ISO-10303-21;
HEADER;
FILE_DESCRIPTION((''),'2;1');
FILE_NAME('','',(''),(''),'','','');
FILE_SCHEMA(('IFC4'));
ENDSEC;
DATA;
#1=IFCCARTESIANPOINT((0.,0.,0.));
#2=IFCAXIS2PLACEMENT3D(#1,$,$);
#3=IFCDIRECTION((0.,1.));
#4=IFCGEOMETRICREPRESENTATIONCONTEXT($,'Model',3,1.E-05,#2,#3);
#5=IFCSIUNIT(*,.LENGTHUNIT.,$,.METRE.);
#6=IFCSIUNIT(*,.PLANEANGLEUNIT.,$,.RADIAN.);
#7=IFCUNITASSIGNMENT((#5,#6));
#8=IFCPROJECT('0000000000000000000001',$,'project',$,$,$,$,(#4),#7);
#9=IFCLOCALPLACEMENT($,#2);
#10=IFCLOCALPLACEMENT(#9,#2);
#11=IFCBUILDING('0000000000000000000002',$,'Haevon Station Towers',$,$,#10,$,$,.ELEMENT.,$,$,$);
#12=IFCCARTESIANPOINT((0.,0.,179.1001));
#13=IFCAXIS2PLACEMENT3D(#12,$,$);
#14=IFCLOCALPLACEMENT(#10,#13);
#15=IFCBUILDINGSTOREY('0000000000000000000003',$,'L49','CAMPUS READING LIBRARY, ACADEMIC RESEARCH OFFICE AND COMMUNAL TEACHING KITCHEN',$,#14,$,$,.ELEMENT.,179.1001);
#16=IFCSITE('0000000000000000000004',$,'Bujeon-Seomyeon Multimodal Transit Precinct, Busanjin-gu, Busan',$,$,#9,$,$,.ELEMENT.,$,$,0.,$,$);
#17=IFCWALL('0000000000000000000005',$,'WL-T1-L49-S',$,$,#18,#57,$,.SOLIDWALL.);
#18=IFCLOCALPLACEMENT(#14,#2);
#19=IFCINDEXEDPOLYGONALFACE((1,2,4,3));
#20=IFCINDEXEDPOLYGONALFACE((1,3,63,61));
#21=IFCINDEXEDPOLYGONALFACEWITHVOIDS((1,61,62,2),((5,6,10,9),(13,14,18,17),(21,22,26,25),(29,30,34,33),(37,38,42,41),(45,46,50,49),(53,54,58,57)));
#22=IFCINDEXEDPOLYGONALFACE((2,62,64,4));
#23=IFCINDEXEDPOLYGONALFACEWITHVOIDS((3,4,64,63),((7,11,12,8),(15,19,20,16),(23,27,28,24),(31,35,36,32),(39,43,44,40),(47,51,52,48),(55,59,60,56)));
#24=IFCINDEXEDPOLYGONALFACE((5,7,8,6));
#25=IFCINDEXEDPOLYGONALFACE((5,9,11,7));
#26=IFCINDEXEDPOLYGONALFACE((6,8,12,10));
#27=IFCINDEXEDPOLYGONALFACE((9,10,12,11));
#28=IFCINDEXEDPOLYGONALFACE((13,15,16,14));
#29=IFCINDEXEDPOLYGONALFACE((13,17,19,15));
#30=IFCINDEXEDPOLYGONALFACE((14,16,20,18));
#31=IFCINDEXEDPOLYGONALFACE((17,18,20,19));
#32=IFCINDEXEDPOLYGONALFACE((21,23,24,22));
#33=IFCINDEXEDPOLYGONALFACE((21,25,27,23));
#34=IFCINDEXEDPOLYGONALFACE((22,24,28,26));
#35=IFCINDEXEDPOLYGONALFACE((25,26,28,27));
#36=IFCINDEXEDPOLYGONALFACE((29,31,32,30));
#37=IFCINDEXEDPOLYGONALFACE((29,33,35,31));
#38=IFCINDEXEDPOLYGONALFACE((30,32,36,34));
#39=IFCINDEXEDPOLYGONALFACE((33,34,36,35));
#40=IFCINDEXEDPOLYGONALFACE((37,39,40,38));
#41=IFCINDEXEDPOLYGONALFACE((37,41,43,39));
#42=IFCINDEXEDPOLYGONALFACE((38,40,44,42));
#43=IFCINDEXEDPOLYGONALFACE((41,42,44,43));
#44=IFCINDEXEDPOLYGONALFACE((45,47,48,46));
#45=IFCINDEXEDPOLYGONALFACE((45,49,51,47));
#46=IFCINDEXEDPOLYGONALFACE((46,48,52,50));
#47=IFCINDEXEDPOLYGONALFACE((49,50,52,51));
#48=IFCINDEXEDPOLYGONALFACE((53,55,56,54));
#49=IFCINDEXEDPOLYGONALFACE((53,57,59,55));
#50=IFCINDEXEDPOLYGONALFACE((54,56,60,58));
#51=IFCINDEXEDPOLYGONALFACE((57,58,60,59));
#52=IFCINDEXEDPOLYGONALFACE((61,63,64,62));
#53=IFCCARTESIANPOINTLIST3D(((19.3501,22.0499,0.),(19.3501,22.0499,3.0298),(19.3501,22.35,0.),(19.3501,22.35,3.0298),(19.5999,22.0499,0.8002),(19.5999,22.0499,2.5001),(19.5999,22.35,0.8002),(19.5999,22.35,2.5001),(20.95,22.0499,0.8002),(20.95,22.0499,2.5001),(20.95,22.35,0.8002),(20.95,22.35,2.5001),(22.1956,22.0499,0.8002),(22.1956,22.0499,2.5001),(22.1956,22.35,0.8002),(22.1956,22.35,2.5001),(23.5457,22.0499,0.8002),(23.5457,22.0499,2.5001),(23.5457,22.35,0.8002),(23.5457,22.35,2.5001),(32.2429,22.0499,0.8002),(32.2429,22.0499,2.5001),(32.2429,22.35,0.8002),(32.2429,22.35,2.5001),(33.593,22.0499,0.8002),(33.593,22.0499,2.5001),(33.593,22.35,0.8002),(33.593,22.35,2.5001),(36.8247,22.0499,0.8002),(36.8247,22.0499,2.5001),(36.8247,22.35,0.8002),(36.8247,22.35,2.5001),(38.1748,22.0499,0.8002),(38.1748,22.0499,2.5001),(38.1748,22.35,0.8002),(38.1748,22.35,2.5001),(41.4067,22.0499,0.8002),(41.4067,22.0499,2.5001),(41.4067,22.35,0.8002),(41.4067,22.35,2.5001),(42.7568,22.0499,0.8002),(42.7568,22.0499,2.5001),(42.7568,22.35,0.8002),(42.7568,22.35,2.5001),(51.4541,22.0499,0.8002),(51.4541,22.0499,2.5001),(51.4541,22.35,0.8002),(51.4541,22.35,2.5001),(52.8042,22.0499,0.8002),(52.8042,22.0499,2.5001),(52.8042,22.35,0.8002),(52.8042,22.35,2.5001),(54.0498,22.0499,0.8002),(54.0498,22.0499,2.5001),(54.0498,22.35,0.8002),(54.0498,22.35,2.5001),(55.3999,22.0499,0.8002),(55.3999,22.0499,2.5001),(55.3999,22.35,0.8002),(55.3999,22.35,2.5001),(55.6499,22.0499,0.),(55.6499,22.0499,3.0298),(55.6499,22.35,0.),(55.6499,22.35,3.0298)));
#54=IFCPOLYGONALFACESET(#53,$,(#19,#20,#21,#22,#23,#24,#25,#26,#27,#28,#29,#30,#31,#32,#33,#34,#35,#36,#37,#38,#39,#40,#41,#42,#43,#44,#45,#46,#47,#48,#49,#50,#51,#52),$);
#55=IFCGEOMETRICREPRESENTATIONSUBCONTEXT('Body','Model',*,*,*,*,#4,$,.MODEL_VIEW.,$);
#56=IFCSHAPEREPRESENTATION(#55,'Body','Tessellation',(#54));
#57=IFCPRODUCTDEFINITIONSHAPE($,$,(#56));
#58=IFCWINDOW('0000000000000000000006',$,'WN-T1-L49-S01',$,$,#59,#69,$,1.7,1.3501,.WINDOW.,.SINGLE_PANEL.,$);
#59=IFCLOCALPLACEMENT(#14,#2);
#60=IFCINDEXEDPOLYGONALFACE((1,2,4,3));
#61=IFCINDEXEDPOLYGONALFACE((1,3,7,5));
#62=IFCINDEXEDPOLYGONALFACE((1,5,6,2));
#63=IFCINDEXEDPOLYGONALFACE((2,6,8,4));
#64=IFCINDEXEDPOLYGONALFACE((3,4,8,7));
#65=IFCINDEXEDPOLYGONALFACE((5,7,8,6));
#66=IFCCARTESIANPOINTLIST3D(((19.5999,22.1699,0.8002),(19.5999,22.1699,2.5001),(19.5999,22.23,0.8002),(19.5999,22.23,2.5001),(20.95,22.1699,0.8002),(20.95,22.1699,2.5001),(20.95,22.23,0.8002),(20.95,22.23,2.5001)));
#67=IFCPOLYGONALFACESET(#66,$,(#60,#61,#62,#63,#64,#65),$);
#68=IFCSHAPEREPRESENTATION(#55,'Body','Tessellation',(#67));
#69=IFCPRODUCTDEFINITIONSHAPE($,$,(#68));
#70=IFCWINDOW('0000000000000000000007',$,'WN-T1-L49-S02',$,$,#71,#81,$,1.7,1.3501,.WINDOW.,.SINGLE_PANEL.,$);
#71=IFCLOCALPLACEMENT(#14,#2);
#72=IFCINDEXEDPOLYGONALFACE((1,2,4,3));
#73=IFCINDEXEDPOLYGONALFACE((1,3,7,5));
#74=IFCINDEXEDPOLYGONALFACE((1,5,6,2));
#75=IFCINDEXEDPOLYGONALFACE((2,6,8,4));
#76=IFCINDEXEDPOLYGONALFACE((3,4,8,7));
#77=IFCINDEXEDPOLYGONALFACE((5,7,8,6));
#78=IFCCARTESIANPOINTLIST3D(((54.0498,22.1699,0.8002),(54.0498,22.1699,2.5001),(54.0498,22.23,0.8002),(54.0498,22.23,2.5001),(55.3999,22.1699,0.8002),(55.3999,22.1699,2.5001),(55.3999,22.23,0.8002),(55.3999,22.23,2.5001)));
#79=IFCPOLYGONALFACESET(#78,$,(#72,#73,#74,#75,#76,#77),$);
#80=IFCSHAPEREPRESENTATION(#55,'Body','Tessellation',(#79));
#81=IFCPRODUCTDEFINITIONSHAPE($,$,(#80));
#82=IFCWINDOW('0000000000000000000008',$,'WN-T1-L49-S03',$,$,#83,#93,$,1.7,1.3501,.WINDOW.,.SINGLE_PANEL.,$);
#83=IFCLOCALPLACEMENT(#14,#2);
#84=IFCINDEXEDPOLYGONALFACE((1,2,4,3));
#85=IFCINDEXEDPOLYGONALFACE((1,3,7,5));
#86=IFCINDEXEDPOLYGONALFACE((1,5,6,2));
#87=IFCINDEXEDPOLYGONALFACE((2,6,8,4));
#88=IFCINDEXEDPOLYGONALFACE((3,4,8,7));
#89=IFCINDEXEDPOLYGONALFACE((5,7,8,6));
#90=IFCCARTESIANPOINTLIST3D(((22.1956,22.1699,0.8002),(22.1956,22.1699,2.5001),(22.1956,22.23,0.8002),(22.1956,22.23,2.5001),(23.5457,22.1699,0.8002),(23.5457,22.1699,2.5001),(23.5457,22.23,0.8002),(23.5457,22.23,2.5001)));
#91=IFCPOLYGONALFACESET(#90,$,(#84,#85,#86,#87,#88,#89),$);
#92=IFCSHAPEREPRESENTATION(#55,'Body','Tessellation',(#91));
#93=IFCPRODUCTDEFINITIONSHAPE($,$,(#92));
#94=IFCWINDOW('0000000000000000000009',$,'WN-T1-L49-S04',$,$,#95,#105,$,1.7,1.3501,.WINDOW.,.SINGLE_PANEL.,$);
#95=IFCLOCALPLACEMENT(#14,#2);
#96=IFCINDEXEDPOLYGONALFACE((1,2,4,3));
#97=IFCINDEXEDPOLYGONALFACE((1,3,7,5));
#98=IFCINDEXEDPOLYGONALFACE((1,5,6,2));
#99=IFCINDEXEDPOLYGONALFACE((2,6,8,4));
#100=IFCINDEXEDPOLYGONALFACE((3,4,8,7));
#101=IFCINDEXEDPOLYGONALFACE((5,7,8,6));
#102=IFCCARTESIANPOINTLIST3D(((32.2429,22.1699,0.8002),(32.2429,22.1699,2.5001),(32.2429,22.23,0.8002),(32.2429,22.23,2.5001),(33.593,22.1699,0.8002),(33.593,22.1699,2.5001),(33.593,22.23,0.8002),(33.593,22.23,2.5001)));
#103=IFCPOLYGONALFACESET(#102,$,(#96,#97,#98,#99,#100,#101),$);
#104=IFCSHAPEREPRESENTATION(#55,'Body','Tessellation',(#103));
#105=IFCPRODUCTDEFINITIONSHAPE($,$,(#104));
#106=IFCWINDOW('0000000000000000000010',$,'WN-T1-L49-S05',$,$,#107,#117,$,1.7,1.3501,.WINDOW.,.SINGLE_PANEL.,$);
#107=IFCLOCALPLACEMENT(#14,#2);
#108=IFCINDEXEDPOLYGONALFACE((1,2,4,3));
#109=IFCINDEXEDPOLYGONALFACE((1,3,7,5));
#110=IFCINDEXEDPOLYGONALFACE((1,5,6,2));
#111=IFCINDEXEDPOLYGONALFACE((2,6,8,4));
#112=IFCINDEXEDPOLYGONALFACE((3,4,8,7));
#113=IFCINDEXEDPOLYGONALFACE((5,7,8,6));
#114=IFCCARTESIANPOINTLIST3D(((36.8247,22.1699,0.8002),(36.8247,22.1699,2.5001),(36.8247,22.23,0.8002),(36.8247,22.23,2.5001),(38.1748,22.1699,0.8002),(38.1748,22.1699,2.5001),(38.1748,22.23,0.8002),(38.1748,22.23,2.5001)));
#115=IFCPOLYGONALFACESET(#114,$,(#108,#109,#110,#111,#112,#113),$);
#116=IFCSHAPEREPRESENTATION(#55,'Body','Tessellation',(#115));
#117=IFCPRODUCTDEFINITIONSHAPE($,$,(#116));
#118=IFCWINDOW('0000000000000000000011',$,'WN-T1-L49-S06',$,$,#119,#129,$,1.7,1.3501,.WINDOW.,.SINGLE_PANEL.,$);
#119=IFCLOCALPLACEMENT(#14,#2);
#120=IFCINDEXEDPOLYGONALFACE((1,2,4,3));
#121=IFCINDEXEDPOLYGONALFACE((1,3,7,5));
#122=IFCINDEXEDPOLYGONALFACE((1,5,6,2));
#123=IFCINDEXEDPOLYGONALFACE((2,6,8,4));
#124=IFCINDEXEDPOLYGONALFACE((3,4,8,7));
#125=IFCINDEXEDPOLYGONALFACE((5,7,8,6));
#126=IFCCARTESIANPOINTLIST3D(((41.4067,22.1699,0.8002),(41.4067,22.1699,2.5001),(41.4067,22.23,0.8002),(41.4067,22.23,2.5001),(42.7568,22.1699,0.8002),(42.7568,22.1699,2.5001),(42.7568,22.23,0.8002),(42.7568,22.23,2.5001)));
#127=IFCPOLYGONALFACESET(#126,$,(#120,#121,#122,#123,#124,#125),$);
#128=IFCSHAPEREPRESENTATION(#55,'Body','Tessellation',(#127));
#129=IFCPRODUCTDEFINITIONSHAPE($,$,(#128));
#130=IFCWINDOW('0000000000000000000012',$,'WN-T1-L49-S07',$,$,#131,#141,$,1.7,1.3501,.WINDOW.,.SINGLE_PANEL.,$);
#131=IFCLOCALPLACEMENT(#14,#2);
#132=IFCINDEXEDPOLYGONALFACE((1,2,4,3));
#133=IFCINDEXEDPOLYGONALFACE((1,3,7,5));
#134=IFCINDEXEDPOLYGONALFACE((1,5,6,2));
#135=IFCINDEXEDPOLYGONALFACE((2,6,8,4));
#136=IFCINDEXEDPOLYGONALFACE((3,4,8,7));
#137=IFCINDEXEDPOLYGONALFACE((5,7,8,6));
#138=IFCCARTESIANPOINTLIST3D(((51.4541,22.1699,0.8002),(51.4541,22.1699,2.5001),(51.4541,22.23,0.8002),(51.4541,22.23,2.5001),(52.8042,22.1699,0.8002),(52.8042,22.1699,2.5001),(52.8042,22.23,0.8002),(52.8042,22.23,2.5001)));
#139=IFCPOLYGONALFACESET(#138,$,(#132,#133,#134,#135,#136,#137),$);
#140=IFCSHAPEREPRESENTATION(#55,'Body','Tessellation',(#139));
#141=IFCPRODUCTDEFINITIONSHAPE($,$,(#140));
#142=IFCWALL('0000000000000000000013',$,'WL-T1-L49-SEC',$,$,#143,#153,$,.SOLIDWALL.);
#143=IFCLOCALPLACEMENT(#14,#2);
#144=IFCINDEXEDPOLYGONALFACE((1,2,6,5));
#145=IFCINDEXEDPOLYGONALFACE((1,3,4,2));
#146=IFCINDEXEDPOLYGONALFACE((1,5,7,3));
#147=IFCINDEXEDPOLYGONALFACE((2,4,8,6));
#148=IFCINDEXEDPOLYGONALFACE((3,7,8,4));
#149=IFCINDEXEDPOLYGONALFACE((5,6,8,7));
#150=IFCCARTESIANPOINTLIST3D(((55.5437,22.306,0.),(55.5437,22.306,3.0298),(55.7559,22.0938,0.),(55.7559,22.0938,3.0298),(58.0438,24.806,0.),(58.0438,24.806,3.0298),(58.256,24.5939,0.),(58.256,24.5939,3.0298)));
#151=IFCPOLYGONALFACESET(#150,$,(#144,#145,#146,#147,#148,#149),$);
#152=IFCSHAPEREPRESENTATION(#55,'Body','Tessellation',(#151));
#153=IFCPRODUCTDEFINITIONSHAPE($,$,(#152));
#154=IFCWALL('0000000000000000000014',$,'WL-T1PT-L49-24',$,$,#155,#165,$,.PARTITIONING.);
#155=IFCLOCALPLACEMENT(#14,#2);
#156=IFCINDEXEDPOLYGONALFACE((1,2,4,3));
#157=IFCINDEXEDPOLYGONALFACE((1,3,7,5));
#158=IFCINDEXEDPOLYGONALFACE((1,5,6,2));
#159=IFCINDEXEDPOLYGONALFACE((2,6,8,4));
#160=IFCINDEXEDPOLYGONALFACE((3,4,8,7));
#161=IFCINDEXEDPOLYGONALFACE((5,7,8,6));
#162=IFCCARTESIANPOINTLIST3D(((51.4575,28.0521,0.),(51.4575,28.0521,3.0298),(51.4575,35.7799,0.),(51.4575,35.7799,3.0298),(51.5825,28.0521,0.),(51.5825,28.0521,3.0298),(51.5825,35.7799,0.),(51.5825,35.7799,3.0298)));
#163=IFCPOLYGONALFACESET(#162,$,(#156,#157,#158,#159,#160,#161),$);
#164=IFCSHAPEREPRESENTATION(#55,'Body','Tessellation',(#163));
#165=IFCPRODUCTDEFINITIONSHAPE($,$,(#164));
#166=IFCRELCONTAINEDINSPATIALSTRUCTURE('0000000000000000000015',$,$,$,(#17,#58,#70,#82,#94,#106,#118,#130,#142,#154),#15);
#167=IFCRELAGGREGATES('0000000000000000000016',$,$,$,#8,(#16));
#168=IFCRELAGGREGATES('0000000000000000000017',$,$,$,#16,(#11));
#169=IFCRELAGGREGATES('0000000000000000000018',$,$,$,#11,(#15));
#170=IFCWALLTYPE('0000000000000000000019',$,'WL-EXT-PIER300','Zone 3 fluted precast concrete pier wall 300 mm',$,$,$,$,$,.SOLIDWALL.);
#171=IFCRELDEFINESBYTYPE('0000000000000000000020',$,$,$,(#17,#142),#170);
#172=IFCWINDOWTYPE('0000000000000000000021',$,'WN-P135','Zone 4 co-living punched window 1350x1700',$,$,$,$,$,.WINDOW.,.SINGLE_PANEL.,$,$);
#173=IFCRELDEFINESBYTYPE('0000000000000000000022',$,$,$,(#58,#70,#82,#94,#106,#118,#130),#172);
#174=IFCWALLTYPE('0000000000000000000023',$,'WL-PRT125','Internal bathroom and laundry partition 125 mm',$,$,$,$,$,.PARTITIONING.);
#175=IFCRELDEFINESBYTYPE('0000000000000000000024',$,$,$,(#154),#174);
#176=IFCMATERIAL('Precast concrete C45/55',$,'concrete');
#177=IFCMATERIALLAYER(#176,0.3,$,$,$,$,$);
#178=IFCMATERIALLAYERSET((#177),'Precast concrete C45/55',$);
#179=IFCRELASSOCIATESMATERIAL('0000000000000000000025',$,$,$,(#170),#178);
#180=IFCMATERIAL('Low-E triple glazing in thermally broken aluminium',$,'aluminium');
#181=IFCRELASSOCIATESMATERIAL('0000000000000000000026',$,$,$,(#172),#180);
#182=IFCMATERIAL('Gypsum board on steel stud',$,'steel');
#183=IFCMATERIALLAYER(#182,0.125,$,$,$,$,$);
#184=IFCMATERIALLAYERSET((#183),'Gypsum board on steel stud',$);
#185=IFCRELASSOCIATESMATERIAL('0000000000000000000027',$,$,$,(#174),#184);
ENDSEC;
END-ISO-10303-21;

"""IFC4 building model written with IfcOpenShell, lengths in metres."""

from ifc_helpers import new_model, si_unit, direction, frame, frame_2d, origin, place, context, subcontext, project, spatial, rectangle, extrude, material, layer, layer_set, type_object, element, fill, save


model = new_model("IFC4")

# Units and contexts
model_context = context("Model", 3, precision=1e-05, world=origin(), true_north=direction((0.0, 1.0)))
body_context = subcontext(model_context, "Body", "Model", "MODEL_VIEW")
ifc_project = project(units=[si_unit("LENGTHUNIT", "METRE"), si_unit("PLANEANGLEUNIT", "RADIAN")], contexts=[model_context])

# Site, building, storey
site_placement = place(None, origin())
site = spatial("IfcSite", under=ifc_project, at=site_placement, Name="Bujeon-Seomyeon Multimodal Transit Precinct, Busanjin-gu, Busan", CompositionType="ELEMENT", RefElevation=0.0)
building_placement = place(site_placement, origin())
building = spatial("IfcBuilding", under=site, at=building_placement, Name="Haevon Station Towers", CompositionType="ELEMENT")
storey_placement = place(building_placement, frame((0.0, 0.0, 179.1001)))
storey = spatial("IfcBuildingStorey", under=building, at=storey_placement, Name="L49", Description="CAMPUS READING LIBRARY, ACADEMIC RESEARCH OFFICE AND COMMUNAL TEACHING KITCHEN", CompositionType="ELEMENT", Elevation=179.1001)

# Wall, openings, windows
ifc_material_1 = material(Name="Precast concrete C45/55", Category="concrete")
ifc_layer_1 = layer(ifc_material_1, 0.3)
ifc_layer_set_1 = layer_set([ifc_layer_1], Name="Precast concrete C45/55")
wall_type_1 = type_object("IfcWallType", Name="WL-EXT-PIER300", Description="Zone 3 fluted precast concrete pier wall 300 mm", PredefinedType="SOLIDWALL", material=ifc_layer_set_1)
wall_1_placement = place(storey_placement, frame((55.6499, 22.2, 0.0), z_axis=(0.0, 0.0, 1.0), x_axis=(-1.0, 0.0, 0.0)))
wall_1 = element("IfcWall", 1, at=wall_1_placement, inside=storey, type_object=wall_type_1, Name="WL-T1-L49-S", PredefinedType="SOLIDWALL", context=body_context, shape_type="SweptSolid", body=[
    extrude(rectangle(XDim=36.2998, YDim=0.3, at=frame_2d((18.1499, 0.0))), origin(), (0.0, 0.0, 1.0), 3.0298),
])
opening_1_placement = place(wall_1_placement, frame((34.7, 0.0, 0.8)))
opening_1 = element("IfcOpeningElement", 2, at=opening_1_placement, cuts=wall_1, PredefinedType="OPENING", context=body_context, shape_type="SweptSolid", body=[
    extrude(rectangle(XDim=1.3501, YDim=1.7, at=frame_2d((0.675, 0.8501))), frame((0.0, 0.1599, 0.0), z_axis=(0.0, -1.0, 0.0), x_axis=(1.0, 0.0, 0.0)), (0.0, 0.0, 1.0), 0.3201),
])
opening_2_placement = place(wall_1_placement, frame((0.25, 0.0, 0.8)))
opening_2 = element("IfcOpeningElement", 3, at=opening_2_placement, cuts=wall_1, PredefinedType="OPENING", context=body_context, shape_type="SweptSolid", body=[
    extrude(rectangle(XDim=1.3501, YDim=1.7, at=frame_2d((0.675, 0.8501))), frame((0.0, 0.1599, 0.0), z_axis=(0.0, -1.0, 0.0), x_axis=(1.0, 0.0, 0.0)), (0.0, 0.0, 1.0), 0.3201),
])
opening_3_placement = place(wall_1_placement, frame((32.1042, 0.0, 0.8)))
opening_3 = element("IfcOpeningElement", 4, at=opening_3_placement, cuts=wall_1, PredefinedType="OPENING", context=body_context, shape_type="SweptSolid", body=[
    extrude(rectangle(XDim=1.3501, YDim=1.7, at=frame_2d((0.675, 0.8501))), frame((0.0, 0.1599, 0.0), z_axis=(0.0, -1.0, 0.0), x_axis=(1.0, 0.0, 0.0)), (0.0, 0.0, 1.0), 0.3201),
])
opening_4_placement = place(wall_1_placement, frame((22.0569, 0.0, 0.8)))
opening_4 = element("IfcOpeningElement", 5, at=opening_4_placement, cuts=wall_1, PredefinedType="OPENING", context=body_context, shape_type="SweptSolid", body=[
    extrude(rectangle(XDim=1.3501, YDim=1.7, at=frame_2d((0.675, 0.8501))), frame((0.0, 0.1599, 0.0), z_axis=(0.0, -1.0, 0.0), x_axis=(1.0, 0.0, 0.0)), (0.0, 0.0, 1.0), 0.3201),
])
opening_5_placement = place(wall_1_placement, frame((17.4751, 0.0, 0.8)))
opening_5 = element("IfcOpeningElement", 6, at=opening_5_placement, cuts=wall_1, PredefinedType="OPENING", context=body_context, shape_type="SweptSolid", body=[
    extrude(rectangle(XDim=1.3501, YDim=1.7, at=frame_2d((0.675, 0.8501))), frame((0.0, 0.1599, 0.0), z_axis=(0.0, -1.0, 0.0), x_axis=(1.0, 0.0, 0.0)), (0.0, 0.0, 1.0), 0.3201),
])
opening_6_placement = place(wall_1_placement, frame((12.8931, 0.0, 0.8)))
opening_6 = element("IfcOpeningElement", 7, at=opening_6_placement, cuts=wall_1, PredefinedType="OPENING", context=body_context, shape_type="SweptSolid", body=[
    extrude(rectangle(XDim=1.3501, YDim=1.7, at=frame_2d((0.675, 0.8501))), frame((0.0, 0.1599, 0.0), z_axis=(0.0, -1.0, 0.0), x_axis=(1.0, 0.0, 0.0)), (0.0, 0.0, 1.0), 0.3201),
])
opening_7_placement = place(wall_1_placement, frame((2.8457, 0.0, 0.8)))
opening_7 = element("IfcOpeningElement", 8, at=opening_7_placement, cuts=wall_1, PredefinedType="OPENING", context=body_context, shape_type="SweptSolid", body=[
    extrude(rectangle(XDim=1.3501, YDim=1.7, at=frame_2d((0.675, 0.8501))), frame((0.0, 0.1599, 0.0), z_axis=(0.0, -1.0, 0.0), x_axis=(1.0, 0.0, 0.0)), (0.0, 0.0, 1.0), 0.3201),
])
ifc_material_2 = material(Name="Low-E triple glazing in thermally broken aluminium", Category="aluminium")
window_type = type_object("IfcWindowType", Name="WN-P135", Description="Zone 4 co-living punched window 1350x1700", PartitioningType="SINGLE_PANEL", PredefinedType="WINDOW", material=ifc_material_2)
window_1_placement = place(opening_1_placement, origin())
window_1 = element("IfcWindow", 9, at=window_1_placement, inside=storey, type_object=window_type, Name="WN-T1-L49-S01", OverallHeight=1.7, OverallWidth=1.3501, PartitioningType="SINGLE_PANEL", PredefinedType="WINDOW", context=body_context, shape_type="SweptSolid", body=[
    extrude(rectangle(XDim=1.3501, YDim=1.7, at=frame_2d((0.675, 0.8501))), frame((0.0, 0.03, 0.0), z_axis=(0.0, -1.0, 0.0), x_axis=(1.0, 0.0, 0.0)), (0.0, 0.0, 1.0), 0.0601),
])
fill(opening_1, window_1)
window_2_placement = place(opening_2_placement, origin())
window_2 = element("IfcWindow", 10, at=window_2_placement, inside=storey, type_object=window_type, Name="WN-T1-L49-S02", OverallHeight=1.7, OverallWidth=1.3501, PartitioningType="SINGLE_PANEL", PredefinedType="WINDOW", context=body_context, shape_type="SweptSolid", body=[
    extrude(rectangle(XDim=1.3501, YDim=1.7, at=frame_2d((0.675, 0.8501))), frame((0.0, 0.03, 0.0), z_axis=(0.0, -1.0, 0.0), x_axis=(1.0, 0.0, 0.0)), (0.0, 0.0, 1.0), 0.0601),
])
fill(opening_2, window_2)
window_3_placement = place(opening_3_placement, origin())
window_3 = element("IfcWindow", 11, at=window_3_placement, inside=storey, type_object=window_type, Name="WN-T1-L49-S03", OverallHeight=1.7, OverallWidth=1.3501, PartitioningType="SINGLE_PANEL", PredefinedType="WINDOW", context=body_context, shape_type="SweptSolid", body=[
    extrude(rectangle(XDim=1.3501, YDim=1.7, at=frame_2d((0.675, 0.8501))), frame((0.0, 0.03, 0.0), z_axis=(0.0, -1.0, 0.0), x_axis=(1.0, 0.0, 0.0)), (0.0, 0.0, 1.0), 0.0601),
])
fill(opening_3, window_3)
window_4_placement = place(opening_4_placement, origin())
window_4 = element("IfcWindow", 12, at=window_4_placement, inside=storey, type_object=window_type, Name="WN-T1-L49-S04", OverallHeight=1.7, OverallWidth=1.3501, PartitioningType="SINGLE_PANEL", PredefinedType="WINDOW", context=body_context, shape_type="SweptSolid", body=[
    extrude(rectangle(XDim=1.3501, YDim=1.7, at=frame_2d((0.675, 0.8501))), frame((0.0, 0.03, 0.0), z_axis=(0.0, -1.0, 0.0), x_axis=(1.0, 0.0, 0.0)), (0.0, 0.0, 1.0), 0.0601),
])
fill(opening_4, window_4)
window_5_placement = place(opening_5_placement, origin())
window_5 = element("IfcWindow", 13, at=window_5_placement, inside=storey, type_object=window_type, Name="WN-T1-L49-S05", OverallHeight=1.7, OverallWidth=1.3501, PartitioningType="SINGLE_PANEL", PredefinedType="WINDOW", context=body_context, shape_type="SweptSolid", body=[
    extrude(rectangle(XDim=1.3501, YDim=1.7, at=frame_2d((0.675, 0.8501))), frame((0.0, 0.03, 0.0), z_axis=(0.0, -1.0, 0.0), x_axis=(1.0, 0.0, 0.0)), (0.0, 0.0, 1.0), 0.0601),
])
fill(opening_5, window_5)
window_6_placement = place(opening_6_placement, origin())
window_6 = element("IfcWindow", 14, at=window_6_placement, inside=storey, type_object=window_type, Name="WN-T1-L49-S06", OverallHeight=1.7, OverallWidth=1.3501, PartitioningType="SINGLE_PANEL", PredefinedType="WINDOW", context=body_context, shape_type="SweptSolid", body=[
    extrude(rectangle(XDim=1.3501, YDim=1.7, at=frame_2d((0.675, 0.8501))), frame((0.0, 0.03, 0.0), z_axis=(0.0, -1.0, 0.0), x_axis=(1.0, 0.0, 0.0)), (0.0, 0.0, 1.0), 0.0601),
])
fill(opening_6, window_6)
window_7_placement = place(opening_7_placement, origin())
window_7 = element("IfcWindow", 15, at=window_7_placement, inside=storey, type_object=window_type, Name="WN-T1-L49-S07", OverallHeight=1.7, OverallWidth=1.3501, PartitioningType="SINGLE_PANEL", PredefinedType="WINDOW", context=body_context, shape_type="SweptSolid", body=[
    extrude(rectangle(XDim=1.3501, YDim=1.7, at=frame_2d((0.675, 0.8501))), frame((0.0, 0.03, 0.0), z_axis=(0.0, -1.0, 0.0), x_axis=(1.0, 0.0, 0.0)), (0.0, 0.0, 1.0), 0.0601),
])
fill(opening_7, window_7)

# Walls
wall_2_placement = place(storey_placement, frame((58.1499, 24.7, 0.0), z_axis=(0.0, 0.0, 1.0), x_axis=(-0.707107, -0.707107, 0.0)))
element("IfcWall", 16, at=wall_2_placement, inside=storey, type_object=wall_type_1, Name="WL-T1-L49-SEC", PredefinedType="SOLIDWALL", context=body_context, shape_type="SweptSolid", body=[
    extrude(rectangle(XDim=3.5356, YDim=0.3, at=frame_2d((1.7678, 0.0))), origin(), (0.0, 0.0, 1.0), 3.0298),
])
ifc_material_3 = material(Name="Gypsum board on steel stud", Category="steel")
ifc_layer_2 = layer(ifc_material_3, 0.125)
ifc_layer_set_2 = layer_set([ifc_layer_2], Name="Gypsum board on steel stud")
wall_type_2 = type_object("IfcWallType", Name="WL-PRT125", Description="Internal bathroom and laundry partition 125 mm", PredefinedType="PARTITIONING", material=ifc_layer_set_2)
wall_3_placement = place(storey_placement, frame((51.52, 28.0522, 0.0), z_axis=(0.0, 0.0, 1.0), x_axis=(0.0, 1.0, 0.0)))
element("IfcWall", 17, at=wall_3_placement, inside=storey, type_object=wall_type_2, Name="WL-T1PT-L49-24", PredefinedType="PARTITIONING", context=body_context, shape_type="SweptSolid", body=[
    extrude(rectangle(XDim=7.7278, YDim=0.125, at=frame_2d((3.8638, 0.0))), origin(), (0.0, 0.0, 1.0), 3.0298),
])

save(model, "model.ifc")
